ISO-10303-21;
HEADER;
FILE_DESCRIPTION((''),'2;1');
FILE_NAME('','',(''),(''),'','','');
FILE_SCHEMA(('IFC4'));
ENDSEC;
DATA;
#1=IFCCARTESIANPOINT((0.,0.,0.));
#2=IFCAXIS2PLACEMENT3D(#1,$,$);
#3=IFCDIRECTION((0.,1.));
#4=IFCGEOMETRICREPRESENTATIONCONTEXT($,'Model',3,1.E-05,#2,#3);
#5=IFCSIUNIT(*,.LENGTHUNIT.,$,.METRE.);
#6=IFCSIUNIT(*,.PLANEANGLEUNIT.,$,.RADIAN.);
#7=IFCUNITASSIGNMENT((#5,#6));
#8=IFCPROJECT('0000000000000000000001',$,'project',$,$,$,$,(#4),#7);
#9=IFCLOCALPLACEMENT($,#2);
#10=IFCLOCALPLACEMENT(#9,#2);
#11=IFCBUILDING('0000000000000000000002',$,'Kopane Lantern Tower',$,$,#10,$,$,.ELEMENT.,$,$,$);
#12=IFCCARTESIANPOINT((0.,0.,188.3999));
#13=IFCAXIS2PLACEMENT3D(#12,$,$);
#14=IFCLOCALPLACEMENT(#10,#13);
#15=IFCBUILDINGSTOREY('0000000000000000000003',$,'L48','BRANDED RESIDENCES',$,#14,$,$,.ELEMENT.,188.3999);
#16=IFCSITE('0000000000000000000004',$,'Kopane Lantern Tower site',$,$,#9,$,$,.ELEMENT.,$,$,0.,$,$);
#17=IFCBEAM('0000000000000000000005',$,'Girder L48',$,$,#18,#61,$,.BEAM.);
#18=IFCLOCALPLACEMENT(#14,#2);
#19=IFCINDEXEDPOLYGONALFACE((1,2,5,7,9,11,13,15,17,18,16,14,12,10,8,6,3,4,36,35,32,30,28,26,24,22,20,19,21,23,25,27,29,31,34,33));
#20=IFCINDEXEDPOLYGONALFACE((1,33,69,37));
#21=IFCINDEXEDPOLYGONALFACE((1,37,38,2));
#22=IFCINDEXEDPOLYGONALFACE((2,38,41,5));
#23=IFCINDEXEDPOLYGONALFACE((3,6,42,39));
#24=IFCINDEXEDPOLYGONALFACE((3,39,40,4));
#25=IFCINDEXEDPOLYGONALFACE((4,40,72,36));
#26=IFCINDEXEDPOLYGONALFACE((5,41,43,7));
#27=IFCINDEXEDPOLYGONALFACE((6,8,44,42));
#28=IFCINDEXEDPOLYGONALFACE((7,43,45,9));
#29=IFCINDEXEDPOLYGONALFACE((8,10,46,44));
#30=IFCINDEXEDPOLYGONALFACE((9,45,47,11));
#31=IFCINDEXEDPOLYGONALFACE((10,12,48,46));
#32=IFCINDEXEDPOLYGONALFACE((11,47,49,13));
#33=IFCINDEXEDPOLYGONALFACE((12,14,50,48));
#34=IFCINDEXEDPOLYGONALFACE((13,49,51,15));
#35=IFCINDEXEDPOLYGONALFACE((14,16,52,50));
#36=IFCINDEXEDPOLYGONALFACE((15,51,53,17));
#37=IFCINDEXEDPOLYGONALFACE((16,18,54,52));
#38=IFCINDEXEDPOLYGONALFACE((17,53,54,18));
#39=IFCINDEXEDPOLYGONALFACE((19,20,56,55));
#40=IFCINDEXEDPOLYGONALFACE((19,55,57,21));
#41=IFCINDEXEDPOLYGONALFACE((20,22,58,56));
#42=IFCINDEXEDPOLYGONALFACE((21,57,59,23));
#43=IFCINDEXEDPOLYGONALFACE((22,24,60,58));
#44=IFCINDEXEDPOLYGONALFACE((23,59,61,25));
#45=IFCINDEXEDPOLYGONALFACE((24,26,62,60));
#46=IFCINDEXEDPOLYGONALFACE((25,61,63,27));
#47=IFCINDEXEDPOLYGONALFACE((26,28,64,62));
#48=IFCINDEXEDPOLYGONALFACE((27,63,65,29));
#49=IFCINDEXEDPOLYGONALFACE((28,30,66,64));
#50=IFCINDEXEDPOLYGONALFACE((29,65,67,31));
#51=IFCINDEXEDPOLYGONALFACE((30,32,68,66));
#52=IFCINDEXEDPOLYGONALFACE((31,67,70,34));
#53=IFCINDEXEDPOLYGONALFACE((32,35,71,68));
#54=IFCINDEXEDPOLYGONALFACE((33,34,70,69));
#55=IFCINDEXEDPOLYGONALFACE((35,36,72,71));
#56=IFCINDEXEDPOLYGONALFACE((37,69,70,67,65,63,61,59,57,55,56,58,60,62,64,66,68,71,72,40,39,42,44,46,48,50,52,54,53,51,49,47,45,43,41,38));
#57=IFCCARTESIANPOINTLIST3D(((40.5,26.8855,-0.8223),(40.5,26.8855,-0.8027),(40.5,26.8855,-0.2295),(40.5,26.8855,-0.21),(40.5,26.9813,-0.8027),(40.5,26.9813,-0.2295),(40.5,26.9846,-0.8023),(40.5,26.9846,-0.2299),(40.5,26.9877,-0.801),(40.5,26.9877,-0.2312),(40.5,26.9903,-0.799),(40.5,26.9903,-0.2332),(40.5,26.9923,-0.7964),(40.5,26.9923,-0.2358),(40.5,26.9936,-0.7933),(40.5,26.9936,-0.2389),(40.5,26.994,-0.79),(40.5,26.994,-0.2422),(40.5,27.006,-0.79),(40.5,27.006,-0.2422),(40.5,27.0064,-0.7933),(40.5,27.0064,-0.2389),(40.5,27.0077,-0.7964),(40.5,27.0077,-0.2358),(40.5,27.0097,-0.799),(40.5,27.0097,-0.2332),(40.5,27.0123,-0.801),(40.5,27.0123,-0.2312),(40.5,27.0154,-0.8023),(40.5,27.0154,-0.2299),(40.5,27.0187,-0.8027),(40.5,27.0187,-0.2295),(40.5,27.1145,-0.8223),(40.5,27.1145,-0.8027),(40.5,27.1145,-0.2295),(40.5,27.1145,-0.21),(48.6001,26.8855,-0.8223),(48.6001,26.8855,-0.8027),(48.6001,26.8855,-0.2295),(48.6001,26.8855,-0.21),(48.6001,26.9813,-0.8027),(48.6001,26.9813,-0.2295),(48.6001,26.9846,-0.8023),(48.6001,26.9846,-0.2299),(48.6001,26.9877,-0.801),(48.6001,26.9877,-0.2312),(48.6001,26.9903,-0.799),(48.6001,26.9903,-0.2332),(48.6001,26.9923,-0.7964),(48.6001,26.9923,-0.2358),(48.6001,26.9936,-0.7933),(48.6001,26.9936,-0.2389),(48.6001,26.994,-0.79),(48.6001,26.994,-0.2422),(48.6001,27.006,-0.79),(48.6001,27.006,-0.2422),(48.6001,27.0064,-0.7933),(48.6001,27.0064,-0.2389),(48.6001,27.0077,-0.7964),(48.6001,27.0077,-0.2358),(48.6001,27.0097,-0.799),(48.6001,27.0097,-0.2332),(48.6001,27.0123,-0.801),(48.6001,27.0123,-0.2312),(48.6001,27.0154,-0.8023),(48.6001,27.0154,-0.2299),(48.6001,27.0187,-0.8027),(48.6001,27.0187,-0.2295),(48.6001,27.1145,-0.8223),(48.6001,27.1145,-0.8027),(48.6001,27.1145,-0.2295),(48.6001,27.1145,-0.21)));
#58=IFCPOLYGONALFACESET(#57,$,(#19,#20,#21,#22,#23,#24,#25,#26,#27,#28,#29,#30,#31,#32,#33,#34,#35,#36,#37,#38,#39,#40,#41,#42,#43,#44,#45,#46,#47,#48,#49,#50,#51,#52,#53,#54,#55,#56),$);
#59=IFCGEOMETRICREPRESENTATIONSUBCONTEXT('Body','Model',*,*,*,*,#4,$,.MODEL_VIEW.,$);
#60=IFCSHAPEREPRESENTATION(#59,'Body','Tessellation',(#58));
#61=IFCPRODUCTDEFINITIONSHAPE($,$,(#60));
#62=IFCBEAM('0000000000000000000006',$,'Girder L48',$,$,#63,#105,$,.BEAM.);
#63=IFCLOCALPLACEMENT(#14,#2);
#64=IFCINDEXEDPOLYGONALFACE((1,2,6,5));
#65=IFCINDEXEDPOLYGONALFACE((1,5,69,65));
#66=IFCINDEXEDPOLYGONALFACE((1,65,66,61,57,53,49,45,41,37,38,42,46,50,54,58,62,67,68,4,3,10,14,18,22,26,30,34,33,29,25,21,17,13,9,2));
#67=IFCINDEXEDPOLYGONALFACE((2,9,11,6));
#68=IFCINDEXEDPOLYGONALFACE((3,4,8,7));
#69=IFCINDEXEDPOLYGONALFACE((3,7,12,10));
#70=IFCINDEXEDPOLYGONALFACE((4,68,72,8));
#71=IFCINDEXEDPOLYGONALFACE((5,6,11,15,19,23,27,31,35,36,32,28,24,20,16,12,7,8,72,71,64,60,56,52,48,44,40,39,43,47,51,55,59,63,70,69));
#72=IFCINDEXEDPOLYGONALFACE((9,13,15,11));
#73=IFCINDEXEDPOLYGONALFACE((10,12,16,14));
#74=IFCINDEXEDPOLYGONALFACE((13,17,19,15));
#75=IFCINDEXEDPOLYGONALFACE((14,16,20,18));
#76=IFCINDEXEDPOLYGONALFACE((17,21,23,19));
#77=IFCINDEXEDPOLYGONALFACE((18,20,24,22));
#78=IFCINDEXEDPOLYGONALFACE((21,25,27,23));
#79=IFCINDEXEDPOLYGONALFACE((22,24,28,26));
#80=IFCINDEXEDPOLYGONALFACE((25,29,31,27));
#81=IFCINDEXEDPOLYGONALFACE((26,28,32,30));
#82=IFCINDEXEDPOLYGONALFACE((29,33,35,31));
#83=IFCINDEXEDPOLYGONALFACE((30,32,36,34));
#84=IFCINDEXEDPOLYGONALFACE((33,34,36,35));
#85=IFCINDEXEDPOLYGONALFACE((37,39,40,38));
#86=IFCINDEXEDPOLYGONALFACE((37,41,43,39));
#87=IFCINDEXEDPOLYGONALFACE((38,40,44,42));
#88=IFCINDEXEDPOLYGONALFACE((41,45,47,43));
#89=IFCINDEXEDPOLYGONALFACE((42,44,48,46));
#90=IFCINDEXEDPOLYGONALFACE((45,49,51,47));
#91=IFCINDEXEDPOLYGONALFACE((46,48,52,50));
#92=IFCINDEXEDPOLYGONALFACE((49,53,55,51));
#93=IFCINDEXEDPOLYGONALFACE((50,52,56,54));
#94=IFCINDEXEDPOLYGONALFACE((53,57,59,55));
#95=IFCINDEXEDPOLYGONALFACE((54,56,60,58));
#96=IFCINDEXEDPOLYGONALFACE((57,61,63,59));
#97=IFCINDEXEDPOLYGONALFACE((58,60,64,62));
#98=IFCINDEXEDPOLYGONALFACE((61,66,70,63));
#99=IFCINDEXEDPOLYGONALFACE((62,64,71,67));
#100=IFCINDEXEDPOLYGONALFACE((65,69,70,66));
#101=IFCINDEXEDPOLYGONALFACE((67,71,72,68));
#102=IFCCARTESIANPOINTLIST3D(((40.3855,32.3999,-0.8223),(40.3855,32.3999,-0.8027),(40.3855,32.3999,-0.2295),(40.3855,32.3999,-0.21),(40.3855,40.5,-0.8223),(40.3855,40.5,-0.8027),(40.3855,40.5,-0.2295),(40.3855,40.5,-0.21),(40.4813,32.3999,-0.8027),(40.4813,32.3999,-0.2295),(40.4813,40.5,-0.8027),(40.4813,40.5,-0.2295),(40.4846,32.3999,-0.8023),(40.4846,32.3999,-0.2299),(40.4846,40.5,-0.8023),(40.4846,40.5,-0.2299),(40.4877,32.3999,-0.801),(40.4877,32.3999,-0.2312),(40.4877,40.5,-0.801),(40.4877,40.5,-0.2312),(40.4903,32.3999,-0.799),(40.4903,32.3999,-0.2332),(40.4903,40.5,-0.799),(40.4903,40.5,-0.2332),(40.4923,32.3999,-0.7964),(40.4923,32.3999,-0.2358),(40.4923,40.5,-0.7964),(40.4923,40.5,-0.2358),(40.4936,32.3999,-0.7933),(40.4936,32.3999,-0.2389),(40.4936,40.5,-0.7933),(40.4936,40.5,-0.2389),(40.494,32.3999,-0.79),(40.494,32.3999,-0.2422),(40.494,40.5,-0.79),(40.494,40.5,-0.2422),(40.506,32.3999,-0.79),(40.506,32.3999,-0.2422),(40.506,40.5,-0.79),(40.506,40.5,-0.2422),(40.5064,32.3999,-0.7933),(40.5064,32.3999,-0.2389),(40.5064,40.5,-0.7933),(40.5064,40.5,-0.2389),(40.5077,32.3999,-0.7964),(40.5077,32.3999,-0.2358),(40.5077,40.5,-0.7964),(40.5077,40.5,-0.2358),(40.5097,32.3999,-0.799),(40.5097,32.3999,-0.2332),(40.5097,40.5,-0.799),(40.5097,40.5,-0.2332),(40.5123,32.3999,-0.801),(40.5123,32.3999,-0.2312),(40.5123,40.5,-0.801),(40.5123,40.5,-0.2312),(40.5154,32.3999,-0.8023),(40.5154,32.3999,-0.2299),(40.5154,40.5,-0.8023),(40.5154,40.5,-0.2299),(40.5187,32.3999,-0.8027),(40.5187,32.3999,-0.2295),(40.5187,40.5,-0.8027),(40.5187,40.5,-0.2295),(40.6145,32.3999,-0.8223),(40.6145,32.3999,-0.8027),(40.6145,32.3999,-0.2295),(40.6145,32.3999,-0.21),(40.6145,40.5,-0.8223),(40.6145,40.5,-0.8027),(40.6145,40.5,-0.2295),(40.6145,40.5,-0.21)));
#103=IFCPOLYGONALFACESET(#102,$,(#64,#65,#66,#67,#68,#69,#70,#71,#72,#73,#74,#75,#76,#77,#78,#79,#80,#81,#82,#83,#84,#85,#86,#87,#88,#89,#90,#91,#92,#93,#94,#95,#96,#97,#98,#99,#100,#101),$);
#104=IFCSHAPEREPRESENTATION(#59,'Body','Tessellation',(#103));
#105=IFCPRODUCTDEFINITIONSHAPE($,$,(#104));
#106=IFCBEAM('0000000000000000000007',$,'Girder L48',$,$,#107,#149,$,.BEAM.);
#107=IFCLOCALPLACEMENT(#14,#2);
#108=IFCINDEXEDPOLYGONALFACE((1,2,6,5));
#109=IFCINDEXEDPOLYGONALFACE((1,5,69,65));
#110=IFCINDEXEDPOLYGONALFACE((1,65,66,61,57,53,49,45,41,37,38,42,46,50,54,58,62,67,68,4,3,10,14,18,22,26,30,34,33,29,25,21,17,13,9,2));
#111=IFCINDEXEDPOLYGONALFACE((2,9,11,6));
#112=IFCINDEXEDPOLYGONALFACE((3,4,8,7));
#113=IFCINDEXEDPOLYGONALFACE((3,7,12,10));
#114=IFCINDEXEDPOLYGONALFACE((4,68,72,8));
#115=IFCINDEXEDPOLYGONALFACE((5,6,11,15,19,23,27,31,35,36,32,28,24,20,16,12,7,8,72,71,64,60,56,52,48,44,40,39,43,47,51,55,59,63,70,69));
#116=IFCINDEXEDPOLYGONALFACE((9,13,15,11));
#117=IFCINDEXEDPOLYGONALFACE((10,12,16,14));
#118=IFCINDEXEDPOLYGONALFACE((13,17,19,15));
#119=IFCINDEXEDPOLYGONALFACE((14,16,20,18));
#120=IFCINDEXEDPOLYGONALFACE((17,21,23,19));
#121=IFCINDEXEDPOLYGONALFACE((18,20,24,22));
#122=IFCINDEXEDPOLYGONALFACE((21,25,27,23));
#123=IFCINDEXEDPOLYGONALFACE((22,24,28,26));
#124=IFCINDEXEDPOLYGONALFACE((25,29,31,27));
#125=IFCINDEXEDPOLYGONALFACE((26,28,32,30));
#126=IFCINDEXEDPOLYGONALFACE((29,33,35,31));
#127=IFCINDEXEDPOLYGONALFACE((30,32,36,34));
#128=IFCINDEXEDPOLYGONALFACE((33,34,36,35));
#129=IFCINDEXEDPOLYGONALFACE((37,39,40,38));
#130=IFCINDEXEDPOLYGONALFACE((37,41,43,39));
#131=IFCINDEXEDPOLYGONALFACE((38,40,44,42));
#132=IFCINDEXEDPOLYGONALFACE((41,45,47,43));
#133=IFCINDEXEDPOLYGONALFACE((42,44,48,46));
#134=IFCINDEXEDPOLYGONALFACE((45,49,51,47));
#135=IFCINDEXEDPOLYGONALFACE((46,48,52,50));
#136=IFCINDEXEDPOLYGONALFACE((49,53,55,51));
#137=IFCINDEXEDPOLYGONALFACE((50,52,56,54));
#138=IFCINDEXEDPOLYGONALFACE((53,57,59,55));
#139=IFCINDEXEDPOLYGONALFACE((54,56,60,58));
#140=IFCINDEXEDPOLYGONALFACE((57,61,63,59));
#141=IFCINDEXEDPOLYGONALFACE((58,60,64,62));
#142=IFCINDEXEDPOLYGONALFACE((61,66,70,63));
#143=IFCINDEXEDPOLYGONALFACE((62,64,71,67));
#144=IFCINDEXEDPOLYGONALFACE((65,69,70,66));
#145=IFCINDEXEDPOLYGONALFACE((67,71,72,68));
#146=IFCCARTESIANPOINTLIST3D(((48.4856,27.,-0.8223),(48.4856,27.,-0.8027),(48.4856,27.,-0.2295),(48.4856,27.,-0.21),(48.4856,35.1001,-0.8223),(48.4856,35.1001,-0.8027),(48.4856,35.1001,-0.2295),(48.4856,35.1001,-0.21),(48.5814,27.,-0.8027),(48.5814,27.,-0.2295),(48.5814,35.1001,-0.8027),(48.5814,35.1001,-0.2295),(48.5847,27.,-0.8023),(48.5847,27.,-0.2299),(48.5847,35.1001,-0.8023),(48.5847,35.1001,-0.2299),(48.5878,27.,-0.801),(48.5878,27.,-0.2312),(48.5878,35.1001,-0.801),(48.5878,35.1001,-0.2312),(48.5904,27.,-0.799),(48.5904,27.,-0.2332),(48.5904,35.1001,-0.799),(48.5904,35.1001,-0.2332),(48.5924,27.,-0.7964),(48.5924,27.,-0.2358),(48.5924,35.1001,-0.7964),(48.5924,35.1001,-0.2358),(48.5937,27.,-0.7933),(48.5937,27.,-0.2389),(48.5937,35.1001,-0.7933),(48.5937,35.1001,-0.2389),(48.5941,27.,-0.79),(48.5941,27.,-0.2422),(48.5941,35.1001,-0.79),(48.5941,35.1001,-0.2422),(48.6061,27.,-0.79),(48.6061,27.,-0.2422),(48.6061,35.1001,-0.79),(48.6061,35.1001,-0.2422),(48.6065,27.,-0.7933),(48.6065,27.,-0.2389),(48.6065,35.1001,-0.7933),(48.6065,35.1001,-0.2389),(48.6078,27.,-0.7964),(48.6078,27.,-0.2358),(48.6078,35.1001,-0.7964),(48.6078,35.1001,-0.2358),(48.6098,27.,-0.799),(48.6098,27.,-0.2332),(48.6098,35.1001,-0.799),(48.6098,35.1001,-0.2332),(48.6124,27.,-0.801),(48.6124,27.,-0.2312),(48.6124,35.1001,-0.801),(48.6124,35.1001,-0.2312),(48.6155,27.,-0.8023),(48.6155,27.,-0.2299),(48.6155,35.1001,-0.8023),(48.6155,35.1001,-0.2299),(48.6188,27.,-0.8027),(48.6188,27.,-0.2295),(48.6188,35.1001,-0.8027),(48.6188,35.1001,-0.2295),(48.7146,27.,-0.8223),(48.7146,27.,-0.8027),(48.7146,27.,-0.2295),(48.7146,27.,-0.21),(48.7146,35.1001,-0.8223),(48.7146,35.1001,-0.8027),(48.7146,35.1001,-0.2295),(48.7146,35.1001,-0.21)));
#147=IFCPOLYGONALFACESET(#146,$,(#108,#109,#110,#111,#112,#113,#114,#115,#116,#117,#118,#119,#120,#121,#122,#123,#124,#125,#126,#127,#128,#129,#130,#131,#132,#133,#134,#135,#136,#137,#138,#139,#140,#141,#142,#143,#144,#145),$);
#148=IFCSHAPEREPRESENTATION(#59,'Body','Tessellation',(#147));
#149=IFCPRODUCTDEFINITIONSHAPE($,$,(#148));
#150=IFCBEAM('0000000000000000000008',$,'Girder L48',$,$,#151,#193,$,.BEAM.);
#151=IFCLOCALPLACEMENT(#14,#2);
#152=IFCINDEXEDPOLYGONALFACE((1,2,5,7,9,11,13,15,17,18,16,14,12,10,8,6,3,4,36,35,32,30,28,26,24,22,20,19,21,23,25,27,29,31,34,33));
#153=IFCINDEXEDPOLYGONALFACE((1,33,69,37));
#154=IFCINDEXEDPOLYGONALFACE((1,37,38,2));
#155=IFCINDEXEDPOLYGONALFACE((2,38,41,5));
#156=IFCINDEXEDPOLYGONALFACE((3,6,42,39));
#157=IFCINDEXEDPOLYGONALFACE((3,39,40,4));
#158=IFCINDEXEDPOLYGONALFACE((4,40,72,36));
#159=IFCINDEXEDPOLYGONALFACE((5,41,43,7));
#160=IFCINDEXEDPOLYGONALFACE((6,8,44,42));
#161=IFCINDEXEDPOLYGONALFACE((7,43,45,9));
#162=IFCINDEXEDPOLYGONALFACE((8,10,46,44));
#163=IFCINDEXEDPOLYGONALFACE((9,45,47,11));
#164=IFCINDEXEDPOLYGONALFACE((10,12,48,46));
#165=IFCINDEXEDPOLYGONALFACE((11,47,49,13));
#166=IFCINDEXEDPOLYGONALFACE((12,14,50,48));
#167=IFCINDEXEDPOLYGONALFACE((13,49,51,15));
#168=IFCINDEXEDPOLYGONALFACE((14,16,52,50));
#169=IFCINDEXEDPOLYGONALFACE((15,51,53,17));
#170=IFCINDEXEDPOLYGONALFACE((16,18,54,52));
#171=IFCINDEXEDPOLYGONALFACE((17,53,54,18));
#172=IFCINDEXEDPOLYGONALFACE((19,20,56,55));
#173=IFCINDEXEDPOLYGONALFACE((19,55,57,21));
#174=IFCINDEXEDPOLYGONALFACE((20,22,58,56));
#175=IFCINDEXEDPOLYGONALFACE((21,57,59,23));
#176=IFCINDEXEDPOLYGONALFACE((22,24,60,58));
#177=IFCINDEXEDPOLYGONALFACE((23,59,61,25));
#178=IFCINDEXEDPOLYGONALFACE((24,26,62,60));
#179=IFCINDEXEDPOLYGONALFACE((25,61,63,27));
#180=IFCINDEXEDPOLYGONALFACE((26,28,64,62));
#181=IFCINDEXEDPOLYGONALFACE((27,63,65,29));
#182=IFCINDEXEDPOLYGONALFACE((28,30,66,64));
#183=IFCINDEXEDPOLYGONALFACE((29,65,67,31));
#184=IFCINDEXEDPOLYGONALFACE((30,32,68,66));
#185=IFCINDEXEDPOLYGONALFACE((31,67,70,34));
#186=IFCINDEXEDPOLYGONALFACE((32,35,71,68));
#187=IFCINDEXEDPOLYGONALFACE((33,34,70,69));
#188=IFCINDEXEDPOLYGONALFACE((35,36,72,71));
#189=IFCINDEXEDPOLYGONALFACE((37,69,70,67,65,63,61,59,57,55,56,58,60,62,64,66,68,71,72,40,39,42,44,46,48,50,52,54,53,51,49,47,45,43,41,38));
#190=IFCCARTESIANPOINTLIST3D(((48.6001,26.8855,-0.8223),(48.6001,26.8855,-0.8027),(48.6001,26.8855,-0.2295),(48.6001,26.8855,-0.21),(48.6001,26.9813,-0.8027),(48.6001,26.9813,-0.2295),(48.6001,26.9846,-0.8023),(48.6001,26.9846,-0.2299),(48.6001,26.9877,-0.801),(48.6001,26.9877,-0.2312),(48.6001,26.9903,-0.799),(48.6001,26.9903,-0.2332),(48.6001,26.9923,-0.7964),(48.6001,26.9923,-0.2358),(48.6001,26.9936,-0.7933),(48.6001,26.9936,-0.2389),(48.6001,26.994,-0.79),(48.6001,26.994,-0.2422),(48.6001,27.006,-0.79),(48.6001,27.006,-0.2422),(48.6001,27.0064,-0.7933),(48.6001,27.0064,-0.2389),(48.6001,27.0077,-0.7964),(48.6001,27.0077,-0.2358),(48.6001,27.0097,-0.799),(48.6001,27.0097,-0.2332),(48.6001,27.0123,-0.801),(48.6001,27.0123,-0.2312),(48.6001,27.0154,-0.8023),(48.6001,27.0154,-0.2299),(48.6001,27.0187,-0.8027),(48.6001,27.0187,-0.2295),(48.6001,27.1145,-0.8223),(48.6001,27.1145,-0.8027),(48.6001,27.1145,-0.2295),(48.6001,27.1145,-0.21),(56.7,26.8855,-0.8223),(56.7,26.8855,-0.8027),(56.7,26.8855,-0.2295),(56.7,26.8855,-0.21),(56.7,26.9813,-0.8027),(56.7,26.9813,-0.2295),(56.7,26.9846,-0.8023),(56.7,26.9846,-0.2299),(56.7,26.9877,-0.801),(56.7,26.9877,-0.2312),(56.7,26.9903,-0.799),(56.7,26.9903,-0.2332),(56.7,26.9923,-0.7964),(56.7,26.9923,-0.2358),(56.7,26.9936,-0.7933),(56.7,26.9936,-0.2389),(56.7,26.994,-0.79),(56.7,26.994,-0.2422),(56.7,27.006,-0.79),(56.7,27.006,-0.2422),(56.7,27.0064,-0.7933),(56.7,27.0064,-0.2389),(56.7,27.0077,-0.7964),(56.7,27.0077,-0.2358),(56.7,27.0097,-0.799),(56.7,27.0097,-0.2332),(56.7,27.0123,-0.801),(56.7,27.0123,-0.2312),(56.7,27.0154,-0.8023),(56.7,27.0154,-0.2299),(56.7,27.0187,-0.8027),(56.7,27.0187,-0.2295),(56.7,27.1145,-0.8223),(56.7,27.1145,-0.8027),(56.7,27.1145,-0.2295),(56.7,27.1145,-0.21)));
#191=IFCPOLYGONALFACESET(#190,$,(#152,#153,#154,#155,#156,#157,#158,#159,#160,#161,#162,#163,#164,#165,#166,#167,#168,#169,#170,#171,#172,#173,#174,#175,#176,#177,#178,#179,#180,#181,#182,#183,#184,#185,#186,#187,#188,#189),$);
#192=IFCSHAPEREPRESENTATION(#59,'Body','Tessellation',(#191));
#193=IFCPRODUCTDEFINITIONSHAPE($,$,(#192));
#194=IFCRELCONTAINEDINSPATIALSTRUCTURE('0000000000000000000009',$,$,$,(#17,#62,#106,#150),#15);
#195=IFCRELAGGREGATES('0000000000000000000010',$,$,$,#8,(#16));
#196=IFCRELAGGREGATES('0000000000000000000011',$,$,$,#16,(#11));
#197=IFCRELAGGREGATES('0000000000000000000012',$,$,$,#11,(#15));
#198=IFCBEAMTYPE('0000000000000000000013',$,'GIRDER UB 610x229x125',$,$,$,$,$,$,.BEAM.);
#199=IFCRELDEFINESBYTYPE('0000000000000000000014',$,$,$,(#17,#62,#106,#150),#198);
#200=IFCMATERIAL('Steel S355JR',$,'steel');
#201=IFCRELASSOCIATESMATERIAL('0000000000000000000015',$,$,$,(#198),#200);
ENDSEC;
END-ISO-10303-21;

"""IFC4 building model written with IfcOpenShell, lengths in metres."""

from ifc_helpers import new_model, si_unit, direction, frame, origin, origin_2d, place, context, subcontext, project, spatial, i_section, extrude, material, material_profile, profile_set, type_object, element, save


model = new_model("IFC4")

# Units and contexts
model_context = context("Model", 3, precision=1e-05, world=origin(), true_north=direction((0.0, 1.0)))
body_context = subcontext(model_context, "Body", "Model", "MODEL_VIEW")
ifc_project = project(units=[si_unit("LENGTHUNIT", "METRE"), si_unit("PLANEANGLEUNIT", "RADIAN")], contexts=[model_context])

# Site, building, storey
site_placement = place(None, origin())
site = spatial("IfcSite", under=ifc_project, at=site_placement, Name="Kopane Lantern Tower site", CompositionType="ELEMENT", RefElevation=0.0)
building_placement = place(site_placement, origin())
building = spatial("IfcBuilding", under=site, at=building_placement, Name="Kopane Lantern Tower", CompositionType="ELEMENT")
storey_placement = place(building_placement, frame((0.0, 0.0, 188.3999)))
storey = spatial("IfcBuildingStorey", under=building, at=storey_placement, Name="L48", Description="BRANDED RESIDENCES", CompositionType="ELEMENT", Elevation=188.3999)

# Beams
ifc_material_1 = material(Name="Steel S355JR", Category="steel")
ifc_material_profile_1 = material_profile(ifc_material_1, i_section(OverallWidth=0.229, OverallDepth=0.6123, WebThickness=0.012, FlangeThickness=0.0195, FilletRadius=0.0127, at=origin_2d()), Name="UB 610x229x125")
ifc_profile_set_1 = profile_set([ifc_material_profile_1], Name="Steel S355JR")
beam_type = type_object("IfcBeamType", Name="GIRDER UB 610x229x125", PredefinedType="BEAM", material=ifc_profile_set_1)
for number, where, z_axis, x_axis, name in (
    (1, (40.5, 27.0, -0.5161), (1.0, 0.0, 0.0), (0.0, 1.0, 0.0), "Girder L48"),
    (2, (40.5, 32.3999, -0.5161), (0.0, 1.0, 0.0), (-1.0, 0.0, 0.0), "Girder L48"),
    (3, (48.6001, 27.0, -0.5161), (0.0, 1.0, 0.0), (-1.0, 0.0, 0.0), "Girder L48"),
):
    element("IfcBeam", number, at=place(storey_placement, frame(where, z_axis=z_axis, x_axis=x_axis)), inside=storey, type_object=beam_type, Name=name, PredefinedType="BEAM", context=body_context, shape_type="SweptSolid", body=[
        extrude(i_section(OverallWidth=0.229, OverallDepth=0.6123, WebThickness=0.012, FlangeThickness=0.0195, FilletRadius=0.0127, at=origin_2d()), origin(), (0.0, 0.0, 1.0), 8.1001),
    ])
beam_1_placement = place(storey_placement, frame((48.6001, 27.0, -0.5161), z_axis=(1.0, 0.0, 0.0), x_axis=(0.0, 1.0, 0.0)))
element("IfcBeam", 4, at=beam_1_placement, inside=storey, type_object=beam_type, Name="Girder L48", PredefinedType="BEAM", context=body_context, shape_type="SweptSolid", body=[
    extrude(i_section(OverallWidth=0.229, OverallDepth=0.6123, WebThickness=0.012, FlangeThickness=0.0195, FilletRadius=0.0127, at=origin_2d()), origin(), (0.0, 0.0, 1.0), 8.0999),
])

save(model, "model.ifc")
